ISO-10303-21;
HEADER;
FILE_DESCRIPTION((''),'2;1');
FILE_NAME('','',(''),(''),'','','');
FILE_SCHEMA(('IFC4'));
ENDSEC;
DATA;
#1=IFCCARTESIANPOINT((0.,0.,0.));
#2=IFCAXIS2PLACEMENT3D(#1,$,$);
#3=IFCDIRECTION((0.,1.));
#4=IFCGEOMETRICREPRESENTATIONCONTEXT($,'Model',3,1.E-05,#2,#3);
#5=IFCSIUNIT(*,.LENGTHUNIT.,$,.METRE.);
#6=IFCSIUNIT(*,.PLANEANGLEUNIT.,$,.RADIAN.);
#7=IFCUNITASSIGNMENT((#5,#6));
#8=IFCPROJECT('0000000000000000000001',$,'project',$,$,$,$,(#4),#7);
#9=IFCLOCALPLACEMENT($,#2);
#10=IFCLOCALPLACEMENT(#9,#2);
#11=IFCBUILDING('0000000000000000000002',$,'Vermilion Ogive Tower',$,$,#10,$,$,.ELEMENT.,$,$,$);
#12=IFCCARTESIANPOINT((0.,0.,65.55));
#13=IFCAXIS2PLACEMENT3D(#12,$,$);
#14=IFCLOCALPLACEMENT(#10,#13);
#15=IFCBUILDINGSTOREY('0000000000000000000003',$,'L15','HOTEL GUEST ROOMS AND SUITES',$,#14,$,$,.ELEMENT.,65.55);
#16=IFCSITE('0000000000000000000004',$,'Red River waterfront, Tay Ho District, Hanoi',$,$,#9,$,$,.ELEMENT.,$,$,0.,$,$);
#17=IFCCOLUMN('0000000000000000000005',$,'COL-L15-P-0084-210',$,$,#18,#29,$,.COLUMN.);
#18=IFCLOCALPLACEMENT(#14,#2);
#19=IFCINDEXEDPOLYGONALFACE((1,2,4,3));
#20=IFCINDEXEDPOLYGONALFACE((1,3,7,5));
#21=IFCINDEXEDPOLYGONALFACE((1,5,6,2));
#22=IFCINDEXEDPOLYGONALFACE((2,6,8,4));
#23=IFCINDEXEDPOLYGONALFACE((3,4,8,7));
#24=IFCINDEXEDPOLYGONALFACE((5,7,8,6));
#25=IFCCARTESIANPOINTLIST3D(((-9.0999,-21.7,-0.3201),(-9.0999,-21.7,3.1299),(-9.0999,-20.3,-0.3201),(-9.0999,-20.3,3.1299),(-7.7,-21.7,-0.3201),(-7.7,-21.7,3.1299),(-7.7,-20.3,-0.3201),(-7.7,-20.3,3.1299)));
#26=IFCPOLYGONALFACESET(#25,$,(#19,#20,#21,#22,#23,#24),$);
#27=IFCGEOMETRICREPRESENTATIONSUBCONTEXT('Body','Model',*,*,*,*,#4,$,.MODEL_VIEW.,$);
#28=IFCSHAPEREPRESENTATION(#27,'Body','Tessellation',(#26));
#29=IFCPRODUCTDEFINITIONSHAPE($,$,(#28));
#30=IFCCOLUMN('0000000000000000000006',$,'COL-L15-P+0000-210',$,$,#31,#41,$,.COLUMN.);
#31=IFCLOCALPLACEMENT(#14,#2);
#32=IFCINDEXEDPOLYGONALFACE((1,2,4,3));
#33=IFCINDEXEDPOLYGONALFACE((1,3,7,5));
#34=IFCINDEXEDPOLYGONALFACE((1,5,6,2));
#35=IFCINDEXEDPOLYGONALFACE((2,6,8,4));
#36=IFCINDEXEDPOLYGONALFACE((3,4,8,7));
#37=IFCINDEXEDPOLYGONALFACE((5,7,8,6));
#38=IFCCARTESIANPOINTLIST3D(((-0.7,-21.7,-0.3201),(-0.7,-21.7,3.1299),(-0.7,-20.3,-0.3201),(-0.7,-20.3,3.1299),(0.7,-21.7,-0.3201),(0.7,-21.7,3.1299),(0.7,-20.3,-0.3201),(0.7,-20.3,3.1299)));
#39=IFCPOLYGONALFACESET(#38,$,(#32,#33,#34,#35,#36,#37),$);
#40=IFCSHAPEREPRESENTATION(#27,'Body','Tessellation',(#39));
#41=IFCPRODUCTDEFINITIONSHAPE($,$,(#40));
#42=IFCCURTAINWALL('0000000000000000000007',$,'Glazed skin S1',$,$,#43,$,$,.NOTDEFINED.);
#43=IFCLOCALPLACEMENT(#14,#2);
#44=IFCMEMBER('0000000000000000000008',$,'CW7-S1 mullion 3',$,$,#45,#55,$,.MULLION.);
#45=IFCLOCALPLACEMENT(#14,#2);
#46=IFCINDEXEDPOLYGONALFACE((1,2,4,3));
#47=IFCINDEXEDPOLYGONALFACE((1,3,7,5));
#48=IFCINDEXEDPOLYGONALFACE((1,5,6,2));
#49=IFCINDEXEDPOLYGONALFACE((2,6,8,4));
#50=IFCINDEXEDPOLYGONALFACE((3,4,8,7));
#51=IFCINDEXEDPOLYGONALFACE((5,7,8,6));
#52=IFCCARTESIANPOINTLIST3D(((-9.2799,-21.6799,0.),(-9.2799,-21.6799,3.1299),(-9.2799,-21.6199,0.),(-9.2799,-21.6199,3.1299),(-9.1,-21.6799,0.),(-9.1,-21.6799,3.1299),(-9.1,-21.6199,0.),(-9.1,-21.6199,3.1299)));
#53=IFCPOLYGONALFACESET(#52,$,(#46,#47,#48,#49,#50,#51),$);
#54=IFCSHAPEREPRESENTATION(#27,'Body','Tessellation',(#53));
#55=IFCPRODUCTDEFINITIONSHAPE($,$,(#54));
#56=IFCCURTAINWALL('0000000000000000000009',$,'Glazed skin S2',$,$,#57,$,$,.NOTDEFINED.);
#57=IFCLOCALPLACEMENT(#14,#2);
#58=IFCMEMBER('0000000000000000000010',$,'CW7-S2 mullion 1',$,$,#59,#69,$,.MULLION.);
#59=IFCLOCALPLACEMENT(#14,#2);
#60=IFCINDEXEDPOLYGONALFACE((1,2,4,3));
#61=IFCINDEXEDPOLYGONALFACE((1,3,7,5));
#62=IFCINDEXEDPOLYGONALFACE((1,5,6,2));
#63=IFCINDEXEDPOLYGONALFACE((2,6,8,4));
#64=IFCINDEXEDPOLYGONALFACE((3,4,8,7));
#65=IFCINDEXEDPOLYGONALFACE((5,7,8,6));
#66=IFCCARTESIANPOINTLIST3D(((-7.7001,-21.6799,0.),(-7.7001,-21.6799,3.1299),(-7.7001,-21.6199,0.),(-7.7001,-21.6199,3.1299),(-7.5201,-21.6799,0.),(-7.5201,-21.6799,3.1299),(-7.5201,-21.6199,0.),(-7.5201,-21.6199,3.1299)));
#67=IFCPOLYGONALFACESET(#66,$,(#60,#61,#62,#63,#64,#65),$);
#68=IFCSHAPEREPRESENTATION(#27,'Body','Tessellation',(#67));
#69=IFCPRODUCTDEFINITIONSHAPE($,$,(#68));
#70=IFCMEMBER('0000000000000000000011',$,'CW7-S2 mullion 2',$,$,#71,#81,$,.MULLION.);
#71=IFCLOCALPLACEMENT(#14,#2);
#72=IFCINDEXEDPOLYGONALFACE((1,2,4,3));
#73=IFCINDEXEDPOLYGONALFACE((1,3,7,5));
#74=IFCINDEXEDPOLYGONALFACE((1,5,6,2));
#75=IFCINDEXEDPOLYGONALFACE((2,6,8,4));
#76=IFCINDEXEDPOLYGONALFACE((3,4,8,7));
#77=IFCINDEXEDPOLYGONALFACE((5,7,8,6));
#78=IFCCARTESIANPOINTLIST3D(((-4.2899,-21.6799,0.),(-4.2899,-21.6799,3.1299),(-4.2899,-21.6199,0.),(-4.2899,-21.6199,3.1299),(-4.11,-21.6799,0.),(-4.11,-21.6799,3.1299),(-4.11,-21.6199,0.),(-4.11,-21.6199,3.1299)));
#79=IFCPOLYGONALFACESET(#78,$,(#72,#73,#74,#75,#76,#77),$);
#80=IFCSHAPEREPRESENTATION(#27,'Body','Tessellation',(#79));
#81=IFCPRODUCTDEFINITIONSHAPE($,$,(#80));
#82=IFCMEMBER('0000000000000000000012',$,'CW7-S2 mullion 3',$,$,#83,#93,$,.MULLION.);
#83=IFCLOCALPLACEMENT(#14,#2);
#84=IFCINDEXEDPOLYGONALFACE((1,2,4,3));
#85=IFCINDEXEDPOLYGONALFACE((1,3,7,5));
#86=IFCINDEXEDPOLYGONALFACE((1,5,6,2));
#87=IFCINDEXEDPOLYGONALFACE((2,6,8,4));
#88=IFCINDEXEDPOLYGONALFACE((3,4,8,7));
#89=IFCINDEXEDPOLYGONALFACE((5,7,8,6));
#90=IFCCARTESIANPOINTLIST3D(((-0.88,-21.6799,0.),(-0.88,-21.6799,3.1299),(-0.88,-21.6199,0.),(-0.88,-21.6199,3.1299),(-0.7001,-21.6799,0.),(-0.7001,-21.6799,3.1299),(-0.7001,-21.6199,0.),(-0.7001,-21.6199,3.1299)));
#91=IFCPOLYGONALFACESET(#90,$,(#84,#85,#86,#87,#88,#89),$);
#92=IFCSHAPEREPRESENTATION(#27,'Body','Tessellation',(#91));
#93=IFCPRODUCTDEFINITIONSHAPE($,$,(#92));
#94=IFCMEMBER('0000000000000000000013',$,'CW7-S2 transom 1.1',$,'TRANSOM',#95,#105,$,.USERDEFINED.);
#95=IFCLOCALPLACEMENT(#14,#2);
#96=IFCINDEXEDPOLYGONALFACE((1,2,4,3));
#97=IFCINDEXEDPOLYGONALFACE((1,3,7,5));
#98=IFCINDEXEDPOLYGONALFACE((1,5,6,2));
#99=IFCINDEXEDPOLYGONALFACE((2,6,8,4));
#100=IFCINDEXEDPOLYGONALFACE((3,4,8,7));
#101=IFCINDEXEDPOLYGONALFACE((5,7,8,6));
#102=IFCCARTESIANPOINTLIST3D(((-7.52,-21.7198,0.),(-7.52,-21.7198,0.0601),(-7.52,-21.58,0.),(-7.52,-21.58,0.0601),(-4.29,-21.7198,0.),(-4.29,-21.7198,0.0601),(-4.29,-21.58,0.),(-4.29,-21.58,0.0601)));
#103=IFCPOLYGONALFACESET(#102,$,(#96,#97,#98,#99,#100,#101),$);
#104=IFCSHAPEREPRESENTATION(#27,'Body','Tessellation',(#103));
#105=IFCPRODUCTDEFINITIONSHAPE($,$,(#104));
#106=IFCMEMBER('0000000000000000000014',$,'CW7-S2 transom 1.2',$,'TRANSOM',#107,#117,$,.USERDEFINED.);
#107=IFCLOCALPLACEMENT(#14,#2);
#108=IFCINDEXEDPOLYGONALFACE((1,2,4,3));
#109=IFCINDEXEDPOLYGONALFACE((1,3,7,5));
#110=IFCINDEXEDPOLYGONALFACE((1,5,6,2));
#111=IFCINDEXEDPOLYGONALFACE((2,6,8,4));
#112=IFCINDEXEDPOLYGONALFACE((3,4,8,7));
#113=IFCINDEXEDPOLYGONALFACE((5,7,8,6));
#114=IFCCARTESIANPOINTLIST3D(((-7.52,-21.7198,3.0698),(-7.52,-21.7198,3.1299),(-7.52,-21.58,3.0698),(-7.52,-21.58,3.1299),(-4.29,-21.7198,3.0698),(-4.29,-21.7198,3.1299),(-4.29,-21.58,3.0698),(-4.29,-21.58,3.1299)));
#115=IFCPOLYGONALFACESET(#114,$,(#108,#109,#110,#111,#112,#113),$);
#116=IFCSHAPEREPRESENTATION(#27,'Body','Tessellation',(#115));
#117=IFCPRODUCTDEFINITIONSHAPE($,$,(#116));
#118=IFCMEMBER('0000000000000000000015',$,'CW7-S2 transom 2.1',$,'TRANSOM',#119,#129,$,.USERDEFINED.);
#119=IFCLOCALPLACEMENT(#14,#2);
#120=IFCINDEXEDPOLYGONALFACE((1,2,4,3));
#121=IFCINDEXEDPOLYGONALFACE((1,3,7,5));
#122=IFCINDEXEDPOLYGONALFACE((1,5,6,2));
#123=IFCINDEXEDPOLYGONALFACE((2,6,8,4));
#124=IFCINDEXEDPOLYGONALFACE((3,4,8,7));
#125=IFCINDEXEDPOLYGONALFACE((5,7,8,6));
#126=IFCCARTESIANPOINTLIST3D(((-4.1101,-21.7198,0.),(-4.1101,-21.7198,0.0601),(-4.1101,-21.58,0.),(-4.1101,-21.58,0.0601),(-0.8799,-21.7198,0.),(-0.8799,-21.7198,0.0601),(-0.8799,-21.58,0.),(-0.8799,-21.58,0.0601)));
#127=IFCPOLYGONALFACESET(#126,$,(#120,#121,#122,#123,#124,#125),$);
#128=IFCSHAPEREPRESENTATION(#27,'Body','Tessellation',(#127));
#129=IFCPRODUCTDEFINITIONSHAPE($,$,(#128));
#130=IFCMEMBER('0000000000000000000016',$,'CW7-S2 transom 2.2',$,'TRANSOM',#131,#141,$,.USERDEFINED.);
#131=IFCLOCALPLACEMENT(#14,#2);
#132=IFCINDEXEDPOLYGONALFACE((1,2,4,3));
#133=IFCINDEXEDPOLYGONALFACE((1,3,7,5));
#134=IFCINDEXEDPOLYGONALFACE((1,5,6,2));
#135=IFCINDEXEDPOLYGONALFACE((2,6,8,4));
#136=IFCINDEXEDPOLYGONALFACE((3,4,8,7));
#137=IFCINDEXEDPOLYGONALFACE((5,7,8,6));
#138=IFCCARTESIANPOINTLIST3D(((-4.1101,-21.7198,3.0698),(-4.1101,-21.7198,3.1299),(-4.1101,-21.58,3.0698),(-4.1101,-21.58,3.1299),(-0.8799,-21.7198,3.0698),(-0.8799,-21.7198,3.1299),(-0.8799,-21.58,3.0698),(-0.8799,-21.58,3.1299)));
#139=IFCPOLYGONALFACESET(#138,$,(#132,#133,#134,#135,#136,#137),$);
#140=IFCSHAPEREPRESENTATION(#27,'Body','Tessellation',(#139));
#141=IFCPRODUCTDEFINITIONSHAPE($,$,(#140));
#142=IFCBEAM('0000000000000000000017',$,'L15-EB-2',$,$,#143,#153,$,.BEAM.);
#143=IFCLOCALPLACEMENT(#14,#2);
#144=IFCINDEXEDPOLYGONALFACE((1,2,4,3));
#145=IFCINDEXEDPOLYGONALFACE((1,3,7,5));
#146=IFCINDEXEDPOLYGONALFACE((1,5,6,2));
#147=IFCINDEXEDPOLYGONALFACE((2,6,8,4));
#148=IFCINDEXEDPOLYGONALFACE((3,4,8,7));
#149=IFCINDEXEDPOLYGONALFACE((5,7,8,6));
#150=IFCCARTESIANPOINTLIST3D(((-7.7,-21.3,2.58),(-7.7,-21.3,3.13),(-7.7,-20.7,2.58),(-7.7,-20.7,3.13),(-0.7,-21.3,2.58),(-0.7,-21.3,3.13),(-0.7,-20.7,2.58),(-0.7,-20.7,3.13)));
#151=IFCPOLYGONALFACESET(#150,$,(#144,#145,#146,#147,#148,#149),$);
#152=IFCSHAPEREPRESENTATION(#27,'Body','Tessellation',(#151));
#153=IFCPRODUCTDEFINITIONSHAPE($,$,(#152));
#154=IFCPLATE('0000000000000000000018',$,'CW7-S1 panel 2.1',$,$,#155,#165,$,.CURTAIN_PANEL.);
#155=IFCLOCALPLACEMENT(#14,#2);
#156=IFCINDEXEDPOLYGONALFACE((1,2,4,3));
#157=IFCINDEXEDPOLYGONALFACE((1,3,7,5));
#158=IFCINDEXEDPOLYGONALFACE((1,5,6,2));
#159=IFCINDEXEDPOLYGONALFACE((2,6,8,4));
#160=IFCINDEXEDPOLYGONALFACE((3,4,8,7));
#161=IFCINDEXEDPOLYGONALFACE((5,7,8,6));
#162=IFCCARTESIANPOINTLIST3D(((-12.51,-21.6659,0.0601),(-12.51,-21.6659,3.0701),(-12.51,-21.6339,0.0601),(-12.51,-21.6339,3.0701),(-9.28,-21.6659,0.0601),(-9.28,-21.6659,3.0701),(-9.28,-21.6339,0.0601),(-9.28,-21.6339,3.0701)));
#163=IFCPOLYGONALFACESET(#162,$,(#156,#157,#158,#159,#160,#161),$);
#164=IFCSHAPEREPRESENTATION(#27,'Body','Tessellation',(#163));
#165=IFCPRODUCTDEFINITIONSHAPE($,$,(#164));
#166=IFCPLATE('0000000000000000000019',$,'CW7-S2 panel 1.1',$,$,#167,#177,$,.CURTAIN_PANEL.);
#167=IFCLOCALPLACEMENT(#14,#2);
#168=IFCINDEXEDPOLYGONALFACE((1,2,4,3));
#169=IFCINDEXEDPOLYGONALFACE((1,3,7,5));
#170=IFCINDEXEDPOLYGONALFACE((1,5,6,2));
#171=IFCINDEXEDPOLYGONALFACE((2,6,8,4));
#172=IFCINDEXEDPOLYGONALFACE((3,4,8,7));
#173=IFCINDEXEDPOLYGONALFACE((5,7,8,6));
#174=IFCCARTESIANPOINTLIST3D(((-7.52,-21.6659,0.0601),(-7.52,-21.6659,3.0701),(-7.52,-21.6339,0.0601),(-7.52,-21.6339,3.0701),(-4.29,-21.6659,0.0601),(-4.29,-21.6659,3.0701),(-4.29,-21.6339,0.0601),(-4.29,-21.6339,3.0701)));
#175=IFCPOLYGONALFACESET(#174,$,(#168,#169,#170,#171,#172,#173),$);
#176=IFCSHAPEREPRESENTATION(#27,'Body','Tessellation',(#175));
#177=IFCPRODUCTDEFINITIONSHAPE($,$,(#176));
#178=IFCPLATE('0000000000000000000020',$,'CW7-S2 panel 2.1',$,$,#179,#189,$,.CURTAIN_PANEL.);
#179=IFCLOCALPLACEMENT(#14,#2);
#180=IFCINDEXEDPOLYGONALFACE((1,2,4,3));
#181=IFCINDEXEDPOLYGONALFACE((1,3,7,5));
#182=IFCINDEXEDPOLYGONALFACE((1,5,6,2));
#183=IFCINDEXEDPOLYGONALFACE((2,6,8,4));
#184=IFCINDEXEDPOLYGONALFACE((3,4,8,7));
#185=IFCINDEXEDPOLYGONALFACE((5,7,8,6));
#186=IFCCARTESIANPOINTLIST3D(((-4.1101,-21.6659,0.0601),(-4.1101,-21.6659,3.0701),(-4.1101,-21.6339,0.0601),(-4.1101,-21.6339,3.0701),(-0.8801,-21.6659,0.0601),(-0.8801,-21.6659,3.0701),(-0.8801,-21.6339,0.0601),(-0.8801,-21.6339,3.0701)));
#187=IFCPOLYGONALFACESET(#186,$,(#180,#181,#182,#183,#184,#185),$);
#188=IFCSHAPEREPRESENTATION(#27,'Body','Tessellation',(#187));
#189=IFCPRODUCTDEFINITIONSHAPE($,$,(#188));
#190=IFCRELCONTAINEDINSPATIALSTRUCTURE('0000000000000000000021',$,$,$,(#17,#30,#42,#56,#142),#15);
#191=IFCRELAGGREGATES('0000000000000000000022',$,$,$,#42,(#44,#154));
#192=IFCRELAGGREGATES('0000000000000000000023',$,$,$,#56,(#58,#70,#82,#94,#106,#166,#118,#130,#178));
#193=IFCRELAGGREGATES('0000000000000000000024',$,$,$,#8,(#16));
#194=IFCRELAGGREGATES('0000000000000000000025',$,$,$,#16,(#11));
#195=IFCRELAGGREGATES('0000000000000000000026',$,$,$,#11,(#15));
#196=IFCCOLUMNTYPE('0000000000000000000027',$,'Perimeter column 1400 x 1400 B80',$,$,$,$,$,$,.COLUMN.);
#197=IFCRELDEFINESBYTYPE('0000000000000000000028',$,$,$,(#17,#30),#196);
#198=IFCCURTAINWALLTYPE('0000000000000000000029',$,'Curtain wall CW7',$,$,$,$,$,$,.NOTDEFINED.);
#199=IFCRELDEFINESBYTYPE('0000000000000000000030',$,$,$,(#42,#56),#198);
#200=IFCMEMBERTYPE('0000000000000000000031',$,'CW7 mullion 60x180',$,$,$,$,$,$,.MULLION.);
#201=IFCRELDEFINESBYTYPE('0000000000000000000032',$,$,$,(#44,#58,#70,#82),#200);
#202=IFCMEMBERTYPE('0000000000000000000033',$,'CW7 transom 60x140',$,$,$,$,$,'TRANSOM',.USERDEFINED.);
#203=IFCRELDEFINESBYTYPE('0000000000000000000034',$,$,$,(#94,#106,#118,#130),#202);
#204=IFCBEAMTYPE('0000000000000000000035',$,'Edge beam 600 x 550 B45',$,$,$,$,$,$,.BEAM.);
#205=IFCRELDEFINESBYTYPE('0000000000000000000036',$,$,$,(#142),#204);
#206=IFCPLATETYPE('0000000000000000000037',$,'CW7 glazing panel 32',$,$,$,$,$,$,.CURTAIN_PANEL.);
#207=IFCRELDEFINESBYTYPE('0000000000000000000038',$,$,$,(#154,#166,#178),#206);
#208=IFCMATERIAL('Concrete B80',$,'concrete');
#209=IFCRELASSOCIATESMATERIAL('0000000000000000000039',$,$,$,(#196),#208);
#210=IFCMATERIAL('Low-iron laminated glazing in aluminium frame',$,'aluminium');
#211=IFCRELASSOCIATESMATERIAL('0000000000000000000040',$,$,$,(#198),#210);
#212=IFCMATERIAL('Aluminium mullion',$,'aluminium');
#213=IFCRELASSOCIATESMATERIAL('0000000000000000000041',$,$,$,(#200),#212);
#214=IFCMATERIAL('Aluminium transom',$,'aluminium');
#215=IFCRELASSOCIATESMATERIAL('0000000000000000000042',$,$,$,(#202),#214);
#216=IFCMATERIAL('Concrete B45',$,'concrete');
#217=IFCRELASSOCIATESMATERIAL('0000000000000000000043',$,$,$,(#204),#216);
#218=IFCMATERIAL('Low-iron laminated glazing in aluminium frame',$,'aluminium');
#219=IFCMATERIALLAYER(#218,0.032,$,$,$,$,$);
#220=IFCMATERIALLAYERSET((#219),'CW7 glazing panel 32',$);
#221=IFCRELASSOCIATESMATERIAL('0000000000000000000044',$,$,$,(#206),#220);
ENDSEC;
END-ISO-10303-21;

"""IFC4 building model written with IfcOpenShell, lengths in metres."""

from ifc_helpers import new_model, si_unit, direction, frame, origin, origin_2d, place, context, subcontext, project, spatial, rectangle, extrude, material, layer, layer_set, material_profile, profile_set, type_object, element, aggregate, save


model = new_model("IFC4")

# Units and contexts
model_context = context("Model", 3, precision=1e-05, world=origin(), true_north=direction((0.0, 1.0)))
body_context = subcontext(model_context, "Body", "Model", "MODEL_VIEW")
ifc_project = project(units=[si_unit("LENGTHUNIT", "METRE"), si_unit("PLANEANGLEUNIT", "RADIAN")], contexts=[model_context])

# Site, building, storey
site_placement = place(None, origin())
site = spatial("IfcSite", under=ifc_project, at=site_placement, Name="Red River waterfront, Tay Ho District, Hanoi", CompositionType="ELEMENT", RefElevation=0.0)
building_placement = place(site_placement, origin())
building = spatial("IfcBuilding", under=site, at=building_placement, Name="Vermilion Ogive Tower", CompositionType="ELEMENT")
storey_placement = place(building_placement, frame((0.0, 0.0, 65.55)))
storey = spatial("IfcBuildingStorey", under=building, at=storey_placement, Name="L15", Description="HOTEL GUEST ROOMS AND SUITES", CompositionType="ELEMENT", Elevation=65.55)

# Columns
ifc_material_1 = material(Name="Concrete B80", Category="concrete")
ifc_material_profile_1 = material_profile(ifc_material_1, rectangle(XDim=1.3999, YDim=1.3999, at=origin_2d()), Name="1400 x 1400")
ifc_profile_set_1 = profile_set([ifc_material_profile_1], Name="Concrete B80")
column_type = type_object("IfcColumnType", Name="Perimeter column 1400 x 1400 B80", PredefinedType="COLUMN", material=ifc_profile_set_1)
for number, where, z_axis, x_axis, name in (
    (1, (-8.3999, -21.0, -0.3201), (0.0, 0.0, 1.0), (1.0, 0.0, 0.0), "COL-L15-P-0084-210"),
    (2, (0.0, -21.0, -0.3201), (0.0, 0.0, 1.0), (1.0, 0.0, 0.0), "COL-L15-P+0000-210"),
):
    element("IfcColumn", number, at=place(storey_placement, frame(where, z_axis=z_axis, x_axis=x_axis)), inside=storey, type_object=column_type, Name=name, PredefinedType="COLUMN", context=body_context, shape_type="SweptSolid", body=[
        extrude(rectangle(XDim=1.3999, YDim=1.3999, at=origin_2d()), origin(), (0.0, 0.0, 1.0), 3.45),
    ])

# Curtain wall, member
ifc_material_2 = material(Name="Low-iron laminated glazing in aluminium frame", Category="aluminium")
curtain_wall_type = type_object("IfcCurtainWallType", Name="Curtain wall CW7", PredefinedType="NOTDEFINED", material=ifc_material_2)
curtain_wall_1_placement = place(storey_placement, origin())
curtain_wall_1 = element("IfcCurtainWall", 3, at=curtain_wall_1_placement, inside=storey, type_object=curtain_wall_type, Name="Glazed skin S1", PredefinedType="NOTDEFINED")
ifc_material_3 = material(Name="Aluminium mullion", Category="aluminium")
ifc_material_profile_2 = material_profile(ifc_material_3, rectangle(XDim=0.0601, YDim=0.1799, at=origin_2d()), Name="AL 60x180")
ifc_profile_set_2 = profile_set([ifc_material_profile_2], Name="Aluminium mullion")
member_type_1 = type_object("IfcMemberType", Name="CW7 mullion 60x180", PredefinedType="MULLION", material=ifc_profile_set_2)
member_1_placement = place(storey_placement, frame((-9.1899, -21.6499, 0.0), z_axis=(0.0, 0.0, 1.0), x_axis=(0.0, 1.0, 0.0)))
member_1 = element("IfcMember", 4, at=member_1_placement, type_object=member_type_1, Name="CW7-S1 mullion 3", PredefinedType="MULLION", context=body_context, shape_type="SweptSolid", body=[
    extrude(rectangle(XDim=0.0601, YDim=0.1799, at=origin_2d()), origin(), (0.0, 0.0, 1.0), 3.1299),
])

# Curtain wall, members
curtain_wall_2_placement = place(storey_placement, origin())
curtain_wall_2 = element("IfcCurtainWall", 5, at=curtain_wall_2_placement, inside=storey, type_object=curtain_wall_type, Name="Glazed skin S2", PredefinedType="NOTDEFINED")
member_2_placement = place(storey_placement, frame((-7.6101, -21.6499, 0.0), z_axis=(0.0, 0.0, 1.0), x_axis=(0.0, 1.0, 0.0)))
member_2 = element("IfcMember", 6, at=member_2_placement, type_object=member_type_1, Name="CW7-S2 mullion 1", PredefinedType="MULLION", context=body_context, shape_type="SweptSolid", body=[
    extrude(rectangle(XDim=0.0601, YDim=0.1799, at=origin_2d()), origin(), (0.0, 0.0, 1.0), 3.1299),
])
member_3_placement = place(storey_placement, frame((-4.2, -21.6499, 0.0), z_axis=(0.0, 0.0, 1.0), x_axis=(0.0, 1.0, 0.0)))
member_3 = element("IfcMember", 7, at=member_3_placement, type_object=member_type_1, Name="CW7-S2 mullion 2", PredefinedType="MULLION", context=body_context, shape_type="SweptSolid", body=[
    extrude(rectangle(XDim=0.0601, YDim=0.1799, at=origin_2d()), origin(), (0.0, 0.0, 1.0), 3.1299),
])
member_4_placement = place(storey_placement, frame((-0.79, -21.6499, 0.0), z_axis=(0.0, 0.0, 1.0), x_axis=(0.0, 1.0, 0.0)))
member_4 = element("IfcMember", 8, at=member_4_placement, type_object=member_type_1, Name="CW7-S2 mullion 3", PredefinedType="MULLION", context=body_context, shape_type="SweptSolid", body=[
    extrude(rectangle(XDim=0.0601, YDim=0.1799, at=origin_2d()), origin(), (0.0, 0.0, 1.0), 3.1299),
])
ifc_material_4 = material(Name="Aluminium transom", Category="aluminium")
ifc_material_profile_3 = material_profile(ifc_material_4, rectangle(XDim=0.1399, YDim=0.0601, at=origin_2d()), Name="AL 60x140")
ifc_profile_set_3 = profile_set([ifc_material_profile_3], Name="Aluminium transom")
member_type_2 = type_object("IfcMemberType", Name="CW7 transom 60x140", ElementType="TRANSOM", PredefinedType="USERDEFINED", material=ifc_profile_set_3)
member_5_placement = place(storey_placement, frame((-7.52, -21.6499, 0.03), z_axis=(1.0, 0.0, 0.0), x_axis=(0.0, 1.0, 0.0)))
member_5 = element("IfcMember", 9, at=member_5_placement, type_object=member_type_2, Name="CW7-S2 transom 1.1", ObjectType="TRANSOM", PredefinedType="USERDEFINED", context=body_context, shape_type="SweptSolid", body=[
    extrude(rectangle(XDim=0.1399, YDim=0.0601, at=origin_2d()), origin(), (0.0, 0.0, 1.0), 3.23),
])
member_6_placement = place(storey_placement, frame((-7.52, -21.6499, 3.0999), z_axis=(1.0, 0.0, 0.0), x_axis=(0.0, 1.0, 0.0)))
member_6 = element("IfcMember", 10, at=member_6_placement, type_object=member_type_2, Name="CW7-S2 transom 1.2", ObjectType="TRANSOM", PredefinedType="USERDEFINED", context=body_context, shape_type="SweptSolid", body=[
    extrude(rectangle(XDim=0.1399, YDim=0.0601, at=origin_2d()), origin(), (0.0, 0.0, 1.0), 3.23),
])
member_7_placement = place(storey_placement, frame((-4.1101, -21.6499, 0.03), z_axis=(1.0, 0.0, 0.0), x_axis=(0.0, 1.0, 0.0)))
member_7 = element("IfcMember", 11, at=member_7_placement, type_object=member_type_2, Name="CW7-S2 transom 2.1", ObjectType="TRANSOM", PredefinedType="USERDEFINED", context=body_context, shape_type="SweptSolid", body=[
    extrude(rectangle(XDim=0.1399, YDim=0.0601, at=origin_2d()), origin(), (0.0, 0.0, 1.0), 3.2302),
])
member_8_placement = place(storey_placement, frame((-4.1101, -21.6499, 3.0999), z_axis=(1.0, 0.0, 0.0), x_axis=(0.0, 1.0, 0.0)))
member_8 = element("IfcMember", 12, at=member_8_placement, type_object=member_type_2, Name="CW7-S2 transom 2.2", ObjectType="TRANSOM", PredefinedType="USERDEFINED", context=body_context, shape_type="SweptSolid", body=[
    extrude(rectangle(XDim=0.1399, YDim=0.0601, at=origin_2d()), origin(), (0.0, 0.0, 1.0), 3.2302),
])

# Beam
ifc_material_5 = material(Name="Concrete B45", Category="concrete")
ifc_material_profile_4 = material_profile(ifc_material_5, rectangle(XDim=0.6001, YDim=0.55, at=origin_2d()), Name="600 x 550")
ifc_profile_set_4 = profile_set([ifc_material_profile_4], Name="Concrete B45")
beam_type = type_object("IfcBeamType", Name="Edge beam 600 x 550 B45", PredefinedType="BEAM", material=ifc_profile_set_4)
beam_placement = place(storey_placement, frame((-7.7, -21.0, 2.855), z_axis=(1.0, 0.0, 0.0), x_axis=(0.0, 1.0, 0.0)))
element("IfcBeam", 13, at=beam_placement, inside=storey, type_object=beam_type, Name="L15-EB-2", PredefinedType="BEAM", context=body_context, shape_type="SweptSolid", body=[
    extrude(rectangle(XDim=0.6001, YDim=0.55, at=origin_2d()), origin(), (0.0, 0.0, 1.0), 7.0),
])

# Plates
ifc_material_6 = material(Name="Low-iron laminated glazing in aluminium frame", Category="aluminium")
ifc_layer_1 = layer(ifc_material_6, 0.032)
ifc_layer_set_1 = layer_set([ifc_layer_1], Name="CW7 glazing panel 32")
plate_type = type_object("IfcPlateType", Name="CW7 glazing panel 32", PredefinedType="CURTAIN_PANEL", material=ifc_layer_set_1)
plate_1_placement = place(storey_placement, frame((-10.895, -21.6499, 0.0601), z_axis=(0.0, 0.0, 1.0), x_axis=(1.0, 0.0, 0.0)))
plate_1 = element("IfcPlate", 14, at=plate_1_placement, type_object=plate_type, Name="CW7-S1 panel 2.1", PredefinedType="CURTAIN_PANEL", context=body_context, shape_type="SweptSolid", body=[
    extrude(rectangle(XDim=3.23, YDim=0.032, at=origin_2d()), origin(), (0.0, 0.0, 1.0), 3.01),
])
aggregate(curtain_wall_1, [member_1, plate_1])
plate_2_placement = place(storey_placement, frame((-5.905, -21.6499, 0.0601), z_axis=(0.0, 0.0, 1.0), x_axis=(1.0, 0.0, 0.0)))
plate_2 = element("IfcPlate", 15, at=plate_2_placement, type_object=plate_type, Name="CW7-S2 panel 1.1", PredefinedType="CURTAIN_PANEL", context=body_context, shape_type="SweptSolid", body=[
    extrude(rectangle(XDim=3.23, YDim=0.032, at=origin_2d()), origin(), (0.0, 0.0, 1.0), 3.01),
])
plate_3_placement = place(storey_placement, frame((-2.4951, -21.6499, 0.0601), z_axis=(0.0, 0.0, 1.0), x_axis=(1.0, 0.0, 0.0)))
plate_3 = element("IfcPlate", 16, at=plate_3_placement, type_object=plate_type, Name="CW7-S2 panel 2.1", PredefinedType="CURTAIN_PANEL", context=body_context, shape_type="SweptSolid", body=[
    extrude(rectangle(XDim=3.23, YDim=0.032, at=origin_2d()), origin(), (0.0, 0.0, 1.0), 3.01),
])
aggregate(curtain_wall_2, [member_2, member_3, member_4, member_5, member_6, plate_2, member_7, member_8, plate_3])

save(model, "model.ifc")
